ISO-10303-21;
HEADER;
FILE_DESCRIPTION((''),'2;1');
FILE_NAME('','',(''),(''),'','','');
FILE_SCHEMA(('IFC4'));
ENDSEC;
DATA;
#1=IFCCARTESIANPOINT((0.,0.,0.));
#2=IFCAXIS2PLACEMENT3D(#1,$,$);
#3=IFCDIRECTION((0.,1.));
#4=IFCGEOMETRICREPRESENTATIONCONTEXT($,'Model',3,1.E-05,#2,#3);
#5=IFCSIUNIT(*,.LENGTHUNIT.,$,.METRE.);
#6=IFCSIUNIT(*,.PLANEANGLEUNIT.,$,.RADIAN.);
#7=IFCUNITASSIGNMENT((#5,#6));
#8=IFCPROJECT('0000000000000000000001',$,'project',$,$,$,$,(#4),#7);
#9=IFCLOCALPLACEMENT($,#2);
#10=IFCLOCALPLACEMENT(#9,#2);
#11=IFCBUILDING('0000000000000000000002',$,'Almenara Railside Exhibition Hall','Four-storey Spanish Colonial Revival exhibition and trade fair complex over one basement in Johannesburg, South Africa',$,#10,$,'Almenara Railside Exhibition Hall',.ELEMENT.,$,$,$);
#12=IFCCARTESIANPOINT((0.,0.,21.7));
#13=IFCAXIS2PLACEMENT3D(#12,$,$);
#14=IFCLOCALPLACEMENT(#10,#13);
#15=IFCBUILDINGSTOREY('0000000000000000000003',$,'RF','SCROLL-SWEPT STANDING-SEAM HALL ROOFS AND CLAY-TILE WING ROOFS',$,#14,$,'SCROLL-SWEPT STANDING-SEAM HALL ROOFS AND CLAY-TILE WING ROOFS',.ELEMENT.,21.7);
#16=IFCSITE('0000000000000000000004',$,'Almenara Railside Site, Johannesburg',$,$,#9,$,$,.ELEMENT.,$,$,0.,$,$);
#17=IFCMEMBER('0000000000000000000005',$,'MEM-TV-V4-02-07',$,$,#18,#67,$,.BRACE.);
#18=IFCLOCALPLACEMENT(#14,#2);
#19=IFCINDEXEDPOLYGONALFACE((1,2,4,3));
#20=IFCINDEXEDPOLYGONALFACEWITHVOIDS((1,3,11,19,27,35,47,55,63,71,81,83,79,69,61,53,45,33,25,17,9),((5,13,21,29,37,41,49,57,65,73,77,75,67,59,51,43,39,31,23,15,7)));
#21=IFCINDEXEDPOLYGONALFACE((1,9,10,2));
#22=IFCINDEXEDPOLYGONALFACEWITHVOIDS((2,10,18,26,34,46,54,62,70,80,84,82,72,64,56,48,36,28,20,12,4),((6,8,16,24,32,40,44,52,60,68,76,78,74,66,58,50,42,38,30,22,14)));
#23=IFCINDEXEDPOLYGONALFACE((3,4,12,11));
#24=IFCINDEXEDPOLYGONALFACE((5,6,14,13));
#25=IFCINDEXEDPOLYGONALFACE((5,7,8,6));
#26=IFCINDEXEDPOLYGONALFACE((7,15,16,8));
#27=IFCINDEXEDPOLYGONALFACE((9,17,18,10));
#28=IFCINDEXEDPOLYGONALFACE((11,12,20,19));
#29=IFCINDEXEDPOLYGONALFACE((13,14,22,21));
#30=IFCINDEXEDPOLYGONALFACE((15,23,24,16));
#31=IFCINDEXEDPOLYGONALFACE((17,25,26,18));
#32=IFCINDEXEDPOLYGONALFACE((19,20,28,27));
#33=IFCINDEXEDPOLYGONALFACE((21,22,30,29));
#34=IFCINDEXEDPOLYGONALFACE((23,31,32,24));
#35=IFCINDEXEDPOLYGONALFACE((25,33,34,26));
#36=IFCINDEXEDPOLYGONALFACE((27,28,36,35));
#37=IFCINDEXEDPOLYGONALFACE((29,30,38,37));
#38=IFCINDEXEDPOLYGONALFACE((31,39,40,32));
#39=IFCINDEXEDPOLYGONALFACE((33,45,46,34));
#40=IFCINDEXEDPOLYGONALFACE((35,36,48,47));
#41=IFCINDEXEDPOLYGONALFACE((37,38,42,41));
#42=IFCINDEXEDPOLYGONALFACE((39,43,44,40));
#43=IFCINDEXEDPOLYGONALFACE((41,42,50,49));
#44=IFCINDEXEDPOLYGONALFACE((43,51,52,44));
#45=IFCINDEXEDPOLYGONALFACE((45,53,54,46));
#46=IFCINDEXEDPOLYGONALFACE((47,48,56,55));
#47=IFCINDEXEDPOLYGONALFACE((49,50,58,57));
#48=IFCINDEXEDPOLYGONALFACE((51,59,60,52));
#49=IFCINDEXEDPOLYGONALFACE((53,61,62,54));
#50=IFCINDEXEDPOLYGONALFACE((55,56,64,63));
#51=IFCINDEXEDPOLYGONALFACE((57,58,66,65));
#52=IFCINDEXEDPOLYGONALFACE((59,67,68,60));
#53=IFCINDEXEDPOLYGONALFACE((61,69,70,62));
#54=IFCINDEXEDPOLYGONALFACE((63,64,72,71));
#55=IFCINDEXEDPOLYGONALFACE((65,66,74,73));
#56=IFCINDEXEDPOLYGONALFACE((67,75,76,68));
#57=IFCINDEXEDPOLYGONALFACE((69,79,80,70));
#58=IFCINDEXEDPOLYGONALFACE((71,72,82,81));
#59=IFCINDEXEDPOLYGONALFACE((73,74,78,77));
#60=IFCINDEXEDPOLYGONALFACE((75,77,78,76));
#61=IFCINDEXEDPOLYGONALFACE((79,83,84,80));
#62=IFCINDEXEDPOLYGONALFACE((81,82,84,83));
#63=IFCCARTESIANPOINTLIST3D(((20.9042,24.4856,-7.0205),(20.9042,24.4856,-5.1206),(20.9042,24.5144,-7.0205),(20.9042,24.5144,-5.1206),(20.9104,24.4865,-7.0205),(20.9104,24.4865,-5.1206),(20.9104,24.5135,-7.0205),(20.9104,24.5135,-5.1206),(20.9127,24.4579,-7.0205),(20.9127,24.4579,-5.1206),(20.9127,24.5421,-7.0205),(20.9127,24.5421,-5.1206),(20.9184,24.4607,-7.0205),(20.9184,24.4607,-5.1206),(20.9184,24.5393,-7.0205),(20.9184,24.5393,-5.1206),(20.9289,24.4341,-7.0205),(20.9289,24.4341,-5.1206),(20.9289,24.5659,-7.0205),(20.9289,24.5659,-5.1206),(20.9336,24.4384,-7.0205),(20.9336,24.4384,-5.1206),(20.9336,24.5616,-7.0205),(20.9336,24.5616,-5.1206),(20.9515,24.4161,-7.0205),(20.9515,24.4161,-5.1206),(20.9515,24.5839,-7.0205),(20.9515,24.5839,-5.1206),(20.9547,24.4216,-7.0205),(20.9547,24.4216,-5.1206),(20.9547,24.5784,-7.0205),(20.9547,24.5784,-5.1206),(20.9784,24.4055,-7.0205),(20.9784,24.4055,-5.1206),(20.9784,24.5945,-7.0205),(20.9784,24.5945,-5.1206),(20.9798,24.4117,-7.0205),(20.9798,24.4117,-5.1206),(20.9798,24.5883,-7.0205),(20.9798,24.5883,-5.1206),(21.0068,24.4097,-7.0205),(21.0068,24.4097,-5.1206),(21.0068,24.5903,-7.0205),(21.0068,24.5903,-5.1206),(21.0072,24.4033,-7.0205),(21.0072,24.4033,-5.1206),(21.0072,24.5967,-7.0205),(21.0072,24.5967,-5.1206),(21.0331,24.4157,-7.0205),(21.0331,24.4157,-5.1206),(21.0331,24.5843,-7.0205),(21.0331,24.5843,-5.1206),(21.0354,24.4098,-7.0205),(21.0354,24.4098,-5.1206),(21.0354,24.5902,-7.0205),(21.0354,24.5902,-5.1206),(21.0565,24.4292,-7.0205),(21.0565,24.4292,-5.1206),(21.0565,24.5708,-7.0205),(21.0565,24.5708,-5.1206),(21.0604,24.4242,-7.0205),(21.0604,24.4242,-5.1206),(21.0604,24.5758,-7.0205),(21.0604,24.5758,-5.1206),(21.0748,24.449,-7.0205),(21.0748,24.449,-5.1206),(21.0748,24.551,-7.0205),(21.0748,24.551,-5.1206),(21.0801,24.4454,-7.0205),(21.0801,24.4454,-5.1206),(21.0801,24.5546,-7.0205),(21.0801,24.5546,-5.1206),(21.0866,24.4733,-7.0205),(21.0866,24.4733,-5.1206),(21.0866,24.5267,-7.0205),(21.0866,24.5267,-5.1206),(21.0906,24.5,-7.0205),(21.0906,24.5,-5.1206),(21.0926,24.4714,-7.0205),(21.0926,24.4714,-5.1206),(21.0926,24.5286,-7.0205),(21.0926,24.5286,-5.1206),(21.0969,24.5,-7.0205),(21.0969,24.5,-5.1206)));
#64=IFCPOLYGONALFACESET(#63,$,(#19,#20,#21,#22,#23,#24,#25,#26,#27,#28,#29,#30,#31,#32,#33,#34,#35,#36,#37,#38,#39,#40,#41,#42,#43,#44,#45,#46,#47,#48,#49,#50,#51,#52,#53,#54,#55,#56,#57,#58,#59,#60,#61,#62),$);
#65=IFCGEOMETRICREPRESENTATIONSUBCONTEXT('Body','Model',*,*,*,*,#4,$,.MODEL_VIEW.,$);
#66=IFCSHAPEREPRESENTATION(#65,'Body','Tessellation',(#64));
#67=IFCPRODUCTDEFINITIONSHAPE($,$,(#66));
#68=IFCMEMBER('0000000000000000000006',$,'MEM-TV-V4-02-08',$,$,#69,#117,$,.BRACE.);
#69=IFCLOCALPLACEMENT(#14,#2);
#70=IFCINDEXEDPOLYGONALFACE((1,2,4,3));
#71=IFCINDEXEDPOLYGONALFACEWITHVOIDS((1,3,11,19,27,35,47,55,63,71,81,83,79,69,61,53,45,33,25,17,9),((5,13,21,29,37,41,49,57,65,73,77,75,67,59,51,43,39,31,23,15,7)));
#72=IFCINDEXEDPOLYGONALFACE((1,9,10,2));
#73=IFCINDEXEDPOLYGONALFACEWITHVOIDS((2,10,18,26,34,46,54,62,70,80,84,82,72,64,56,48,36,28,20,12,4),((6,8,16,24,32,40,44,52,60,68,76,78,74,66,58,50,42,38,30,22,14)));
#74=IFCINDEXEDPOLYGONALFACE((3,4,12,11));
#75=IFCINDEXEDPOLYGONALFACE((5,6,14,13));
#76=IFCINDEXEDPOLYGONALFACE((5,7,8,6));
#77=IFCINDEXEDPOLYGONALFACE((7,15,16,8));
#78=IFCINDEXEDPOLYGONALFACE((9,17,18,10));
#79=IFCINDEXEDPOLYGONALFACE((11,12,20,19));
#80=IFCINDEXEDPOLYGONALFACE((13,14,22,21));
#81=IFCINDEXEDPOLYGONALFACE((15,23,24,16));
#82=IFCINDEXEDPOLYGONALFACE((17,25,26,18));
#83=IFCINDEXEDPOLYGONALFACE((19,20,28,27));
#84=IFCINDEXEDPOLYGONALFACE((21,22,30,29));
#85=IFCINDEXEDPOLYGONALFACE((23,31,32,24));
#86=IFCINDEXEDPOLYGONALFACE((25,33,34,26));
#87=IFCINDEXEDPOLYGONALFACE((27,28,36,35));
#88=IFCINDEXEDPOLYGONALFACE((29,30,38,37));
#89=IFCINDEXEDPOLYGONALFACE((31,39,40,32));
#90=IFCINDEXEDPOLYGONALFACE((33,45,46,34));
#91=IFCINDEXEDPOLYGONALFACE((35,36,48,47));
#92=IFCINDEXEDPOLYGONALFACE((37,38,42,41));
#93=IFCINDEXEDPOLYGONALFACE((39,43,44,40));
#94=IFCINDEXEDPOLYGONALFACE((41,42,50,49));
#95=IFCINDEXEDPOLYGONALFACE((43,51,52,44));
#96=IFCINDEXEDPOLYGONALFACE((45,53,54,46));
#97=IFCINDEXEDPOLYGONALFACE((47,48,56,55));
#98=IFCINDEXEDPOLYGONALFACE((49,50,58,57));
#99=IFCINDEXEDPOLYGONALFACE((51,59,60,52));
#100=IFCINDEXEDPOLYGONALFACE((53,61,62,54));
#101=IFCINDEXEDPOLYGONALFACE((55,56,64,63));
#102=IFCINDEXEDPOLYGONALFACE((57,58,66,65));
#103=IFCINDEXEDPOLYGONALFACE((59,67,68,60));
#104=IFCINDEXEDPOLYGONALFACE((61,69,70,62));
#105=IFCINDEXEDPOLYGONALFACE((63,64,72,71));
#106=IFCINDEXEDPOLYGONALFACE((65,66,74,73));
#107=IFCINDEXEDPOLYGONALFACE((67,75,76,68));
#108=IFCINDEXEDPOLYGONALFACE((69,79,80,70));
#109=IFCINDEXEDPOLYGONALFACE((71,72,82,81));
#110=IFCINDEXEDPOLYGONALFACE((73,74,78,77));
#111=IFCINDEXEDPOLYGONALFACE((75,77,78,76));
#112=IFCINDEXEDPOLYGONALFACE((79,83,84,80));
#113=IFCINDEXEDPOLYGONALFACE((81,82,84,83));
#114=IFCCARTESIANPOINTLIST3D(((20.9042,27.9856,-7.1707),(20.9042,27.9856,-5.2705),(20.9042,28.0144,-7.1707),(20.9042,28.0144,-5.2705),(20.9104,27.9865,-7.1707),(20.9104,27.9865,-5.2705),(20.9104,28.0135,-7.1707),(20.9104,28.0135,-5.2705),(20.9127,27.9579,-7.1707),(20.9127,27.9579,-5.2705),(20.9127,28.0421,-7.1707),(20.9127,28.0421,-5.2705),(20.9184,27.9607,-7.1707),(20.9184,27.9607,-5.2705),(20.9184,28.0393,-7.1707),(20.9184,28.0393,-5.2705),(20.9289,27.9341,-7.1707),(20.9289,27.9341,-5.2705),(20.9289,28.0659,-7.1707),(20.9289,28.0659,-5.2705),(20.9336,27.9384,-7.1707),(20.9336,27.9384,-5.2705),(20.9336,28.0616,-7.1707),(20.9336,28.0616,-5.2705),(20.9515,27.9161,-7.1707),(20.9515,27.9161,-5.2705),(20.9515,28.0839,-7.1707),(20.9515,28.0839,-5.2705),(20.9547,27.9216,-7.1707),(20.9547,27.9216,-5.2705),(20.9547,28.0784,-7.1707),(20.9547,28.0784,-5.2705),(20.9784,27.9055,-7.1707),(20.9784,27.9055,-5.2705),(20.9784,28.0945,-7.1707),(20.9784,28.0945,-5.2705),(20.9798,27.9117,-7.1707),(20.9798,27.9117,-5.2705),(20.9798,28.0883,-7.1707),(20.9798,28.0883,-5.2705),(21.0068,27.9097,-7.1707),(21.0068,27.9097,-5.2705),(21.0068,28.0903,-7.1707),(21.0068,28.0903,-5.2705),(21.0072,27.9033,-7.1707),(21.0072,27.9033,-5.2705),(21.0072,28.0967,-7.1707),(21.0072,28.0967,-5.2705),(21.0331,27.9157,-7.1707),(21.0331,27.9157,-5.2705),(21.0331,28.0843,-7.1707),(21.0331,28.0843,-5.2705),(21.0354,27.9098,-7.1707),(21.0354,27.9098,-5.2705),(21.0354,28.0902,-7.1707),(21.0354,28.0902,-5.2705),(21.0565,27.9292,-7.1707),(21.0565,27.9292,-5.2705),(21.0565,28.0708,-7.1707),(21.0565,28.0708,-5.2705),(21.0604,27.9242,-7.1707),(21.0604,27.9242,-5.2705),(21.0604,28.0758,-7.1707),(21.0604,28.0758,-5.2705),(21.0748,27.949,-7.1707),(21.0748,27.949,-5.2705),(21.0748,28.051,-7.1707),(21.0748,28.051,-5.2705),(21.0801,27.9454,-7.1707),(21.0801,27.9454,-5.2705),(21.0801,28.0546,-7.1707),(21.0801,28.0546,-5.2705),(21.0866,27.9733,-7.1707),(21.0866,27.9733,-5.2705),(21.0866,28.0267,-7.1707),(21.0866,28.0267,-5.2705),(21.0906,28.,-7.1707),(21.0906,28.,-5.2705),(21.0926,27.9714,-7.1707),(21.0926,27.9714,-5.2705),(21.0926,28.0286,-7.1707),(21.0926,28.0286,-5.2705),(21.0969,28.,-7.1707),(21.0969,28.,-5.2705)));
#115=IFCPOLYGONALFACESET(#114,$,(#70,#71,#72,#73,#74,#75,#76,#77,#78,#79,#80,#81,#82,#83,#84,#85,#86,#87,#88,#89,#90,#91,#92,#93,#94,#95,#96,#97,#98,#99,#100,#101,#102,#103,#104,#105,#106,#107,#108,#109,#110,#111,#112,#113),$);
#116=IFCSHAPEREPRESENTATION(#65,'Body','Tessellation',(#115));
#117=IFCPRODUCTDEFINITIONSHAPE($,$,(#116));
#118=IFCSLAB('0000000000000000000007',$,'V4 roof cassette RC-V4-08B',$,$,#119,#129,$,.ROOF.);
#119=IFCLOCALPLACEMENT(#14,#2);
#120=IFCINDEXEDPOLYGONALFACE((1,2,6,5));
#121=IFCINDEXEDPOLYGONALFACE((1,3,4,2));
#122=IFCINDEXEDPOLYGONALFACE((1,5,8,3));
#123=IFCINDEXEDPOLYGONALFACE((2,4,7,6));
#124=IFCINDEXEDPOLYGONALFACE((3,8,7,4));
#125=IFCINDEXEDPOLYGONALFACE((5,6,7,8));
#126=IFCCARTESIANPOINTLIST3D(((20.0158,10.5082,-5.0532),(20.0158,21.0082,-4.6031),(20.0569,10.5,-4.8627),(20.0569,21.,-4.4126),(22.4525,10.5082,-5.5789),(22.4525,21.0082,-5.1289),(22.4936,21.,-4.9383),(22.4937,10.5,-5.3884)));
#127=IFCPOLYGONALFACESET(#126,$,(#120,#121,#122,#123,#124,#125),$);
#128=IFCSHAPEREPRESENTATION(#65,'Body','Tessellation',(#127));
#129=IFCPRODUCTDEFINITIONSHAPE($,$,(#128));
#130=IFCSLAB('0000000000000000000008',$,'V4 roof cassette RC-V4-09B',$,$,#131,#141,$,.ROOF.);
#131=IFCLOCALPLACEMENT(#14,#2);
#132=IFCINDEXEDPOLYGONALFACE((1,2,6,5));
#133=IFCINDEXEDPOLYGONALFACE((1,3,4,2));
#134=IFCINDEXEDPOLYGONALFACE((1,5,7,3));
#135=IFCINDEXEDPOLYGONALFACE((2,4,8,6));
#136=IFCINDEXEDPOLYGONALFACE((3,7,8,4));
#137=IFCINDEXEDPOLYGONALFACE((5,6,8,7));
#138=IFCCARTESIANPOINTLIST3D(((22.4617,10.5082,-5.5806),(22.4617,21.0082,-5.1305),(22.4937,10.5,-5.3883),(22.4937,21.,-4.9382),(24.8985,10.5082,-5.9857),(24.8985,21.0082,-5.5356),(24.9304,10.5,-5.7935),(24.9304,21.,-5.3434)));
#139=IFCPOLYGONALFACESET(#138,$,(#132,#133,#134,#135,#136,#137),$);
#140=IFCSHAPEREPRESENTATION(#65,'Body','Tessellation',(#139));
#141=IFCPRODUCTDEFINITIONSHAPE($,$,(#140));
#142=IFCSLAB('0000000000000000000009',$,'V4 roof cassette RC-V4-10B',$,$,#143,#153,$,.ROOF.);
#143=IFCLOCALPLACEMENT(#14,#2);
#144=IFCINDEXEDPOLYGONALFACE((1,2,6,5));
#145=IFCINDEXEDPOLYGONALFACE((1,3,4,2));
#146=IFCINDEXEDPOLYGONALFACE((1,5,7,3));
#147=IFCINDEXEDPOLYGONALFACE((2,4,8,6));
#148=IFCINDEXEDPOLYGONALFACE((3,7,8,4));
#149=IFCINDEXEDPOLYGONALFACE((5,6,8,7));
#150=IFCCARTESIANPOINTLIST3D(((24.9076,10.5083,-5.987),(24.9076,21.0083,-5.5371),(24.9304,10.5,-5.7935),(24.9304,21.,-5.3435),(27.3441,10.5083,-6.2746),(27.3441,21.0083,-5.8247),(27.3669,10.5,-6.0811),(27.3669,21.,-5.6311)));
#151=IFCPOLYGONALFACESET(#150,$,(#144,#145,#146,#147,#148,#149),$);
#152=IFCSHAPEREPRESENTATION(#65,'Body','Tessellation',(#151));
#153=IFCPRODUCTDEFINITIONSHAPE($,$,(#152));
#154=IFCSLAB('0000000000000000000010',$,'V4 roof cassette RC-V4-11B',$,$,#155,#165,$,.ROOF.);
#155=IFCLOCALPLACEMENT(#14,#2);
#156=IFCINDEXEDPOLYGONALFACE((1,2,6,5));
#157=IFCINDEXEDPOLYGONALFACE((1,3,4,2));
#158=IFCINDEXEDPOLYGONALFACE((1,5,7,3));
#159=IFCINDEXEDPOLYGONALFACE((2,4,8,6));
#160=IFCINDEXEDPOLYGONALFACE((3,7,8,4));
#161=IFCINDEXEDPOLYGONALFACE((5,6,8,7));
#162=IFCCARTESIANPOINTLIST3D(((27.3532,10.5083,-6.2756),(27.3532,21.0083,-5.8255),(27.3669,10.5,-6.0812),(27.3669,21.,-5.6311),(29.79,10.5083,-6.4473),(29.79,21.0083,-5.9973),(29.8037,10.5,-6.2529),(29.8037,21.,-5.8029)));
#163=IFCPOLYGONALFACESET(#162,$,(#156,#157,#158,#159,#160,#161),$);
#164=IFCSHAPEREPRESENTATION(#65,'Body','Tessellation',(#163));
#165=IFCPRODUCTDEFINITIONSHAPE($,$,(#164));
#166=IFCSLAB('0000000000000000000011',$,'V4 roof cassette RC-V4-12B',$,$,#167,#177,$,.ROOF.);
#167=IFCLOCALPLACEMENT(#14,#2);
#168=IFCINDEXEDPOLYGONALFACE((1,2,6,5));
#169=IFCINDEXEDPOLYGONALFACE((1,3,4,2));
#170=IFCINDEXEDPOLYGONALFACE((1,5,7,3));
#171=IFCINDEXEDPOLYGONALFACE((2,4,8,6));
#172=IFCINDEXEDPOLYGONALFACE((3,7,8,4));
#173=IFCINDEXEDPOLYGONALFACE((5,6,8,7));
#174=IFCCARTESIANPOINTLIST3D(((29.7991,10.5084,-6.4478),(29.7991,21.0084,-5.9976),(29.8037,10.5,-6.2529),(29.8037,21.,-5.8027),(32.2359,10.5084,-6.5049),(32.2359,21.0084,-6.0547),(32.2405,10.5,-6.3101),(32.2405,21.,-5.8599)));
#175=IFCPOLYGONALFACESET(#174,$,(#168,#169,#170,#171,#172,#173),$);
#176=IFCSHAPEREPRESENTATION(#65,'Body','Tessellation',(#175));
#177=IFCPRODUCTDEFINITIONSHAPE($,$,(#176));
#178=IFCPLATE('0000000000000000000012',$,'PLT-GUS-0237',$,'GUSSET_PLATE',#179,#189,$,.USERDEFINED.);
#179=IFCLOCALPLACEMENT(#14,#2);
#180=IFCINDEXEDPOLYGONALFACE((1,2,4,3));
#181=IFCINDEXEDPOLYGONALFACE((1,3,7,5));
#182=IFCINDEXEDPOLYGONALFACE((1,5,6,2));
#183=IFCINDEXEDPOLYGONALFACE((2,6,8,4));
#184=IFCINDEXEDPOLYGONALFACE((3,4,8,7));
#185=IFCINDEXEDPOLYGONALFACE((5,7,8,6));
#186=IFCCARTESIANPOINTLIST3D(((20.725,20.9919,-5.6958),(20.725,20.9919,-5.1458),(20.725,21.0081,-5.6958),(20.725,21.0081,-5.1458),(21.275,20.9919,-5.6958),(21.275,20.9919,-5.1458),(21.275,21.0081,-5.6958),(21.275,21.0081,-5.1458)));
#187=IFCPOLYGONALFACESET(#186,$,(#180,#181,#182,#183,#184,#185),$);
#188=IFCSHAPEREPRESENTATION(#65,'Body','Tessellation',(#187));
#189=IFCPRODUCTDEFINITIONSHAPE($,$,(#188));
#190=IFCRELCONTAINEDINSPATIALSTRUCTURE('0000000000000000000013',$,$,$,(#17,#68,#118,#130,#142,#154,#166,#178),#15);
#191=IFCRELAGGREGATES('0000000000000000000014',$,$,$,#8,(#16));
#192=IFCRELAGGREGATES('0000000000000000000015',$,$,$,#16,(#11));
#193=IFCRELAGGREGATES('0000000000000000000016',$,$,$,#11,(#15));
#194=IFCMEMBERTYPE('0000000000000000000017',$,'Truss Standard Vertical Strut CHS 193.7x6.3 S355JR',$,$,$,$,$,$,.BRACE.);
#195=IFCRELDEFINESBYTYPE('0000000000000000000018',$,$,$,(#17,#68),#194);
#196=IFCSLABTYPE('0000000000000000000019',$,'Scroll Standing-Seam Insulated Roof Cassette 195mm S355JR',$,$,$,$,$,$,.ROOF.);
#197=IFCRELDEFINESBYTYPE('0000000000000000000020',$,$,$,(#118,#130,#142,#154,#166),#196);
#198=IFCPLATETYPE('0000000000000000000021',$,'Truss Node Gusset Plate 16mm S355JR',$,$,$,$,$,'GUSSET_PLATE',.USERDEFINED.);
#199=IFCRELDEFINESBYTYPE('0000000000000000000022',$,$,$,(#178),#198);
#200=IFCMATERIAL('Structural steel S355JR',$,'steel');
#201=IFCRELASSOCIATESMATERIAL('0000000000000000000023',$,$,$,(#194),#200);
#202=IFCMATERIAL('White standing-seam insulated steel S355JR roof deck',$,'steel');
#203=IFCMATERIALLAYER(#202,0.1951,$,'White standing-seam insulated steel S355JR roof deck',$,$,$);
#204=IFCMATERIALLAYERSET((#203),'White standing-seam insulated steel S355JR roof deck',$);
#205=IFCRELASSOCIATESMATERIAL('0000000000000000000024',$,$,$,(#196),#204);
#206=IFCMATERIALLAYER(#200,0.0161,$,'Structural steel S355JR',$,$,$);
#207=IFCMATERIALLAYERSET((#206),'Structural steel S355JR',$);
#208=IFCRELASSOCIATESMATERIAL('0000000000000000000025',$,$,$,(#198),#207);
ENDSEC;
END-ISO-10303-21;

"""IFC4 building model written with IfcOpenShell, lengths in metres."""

from ifc_helpers import new_model, si_unit, direction, frame, origin, origin_2d, place, context, subcontext, project, spatial, polyline, rectangle, hollow_circle, outline, extrude, material, layer, layer_set, material_profile, profile_set, type_object, element, save


model = new_model("IFC4")

# Units and contexts
model_context = context("Model", 3, precision=1e-05, world=origin(), true_north=direction((0.0, 1.0)))
body_context = subcontext(model_context, "Body", "Model", "MODEL_VIEW")
ifc_project = project(units=[si_unit("LENGTHUNIT", "METRE"), si_unit("PLANEANGLEUNIT", "RADIAN")], contexts=[model_context])

# Site, building, storey
site_placement = place(None, origin())
site = spatial("IfcSite", under=ifc_project, at=site_placement, Name="Almenara Railside Site, Johannesburg", CompositionType="ELEMENT", RefElevation=0.0)
building_placement = place(site_placement, origin())
building = spatial("IfcBuilding", under=site, at=building_placement, Name="Almenara Railside Exhibition Hall", Description="Four-storey Spanish Colonial Revival exhibition and trade fair complex over one basement in Johannesburg, South Africa", LongName="Almenara Railside Exhibition Hall", CompositionType="ELEMENT")
storey_placement = place(building_placement, frame((0.0, 0.0, 21.7)))
storey = spatial("IfcBuildingStorey", under=building, at=storey_placement, Name="RF", Description="SCROLL-SWEPT STANDING-SEAM HALL ROOFS AND CLAY-TILE WING ROOFS", LongName="SCROLL-SWEPT STANDING-SEAM HALL ROOFS AND CLAY-TILE WING ROOFS", CompositionType="ELEMENT", Elevation=21.7)

# Members
ifc_material_1 = material(Name="Structural steel S355JR", Category="steel")
ifc_material_profile_1 = material_profile(ifc_material_1, hollow_circle(Radius=0.0969, WallThickness=0.0063, at=origin_2d()), Name="CHS 193.7x6.3")
ifc_profile_set_1 = profile_set([ifc_material_profile_1], Name="Structural steel S355JR")
member_type_1 = type_object("IfcMemberType", Name="Truss Standard Vertical Strut CHS 193.7x6.3 S355JR", PredefinedType="BRACE", material=ifc_profile_set_1)
for number, where, z_axis, x_axis, name in (
    (1, (21.0, 24.5, -7.0205), (0.0, 0.0, 1.0), (1.0, 0.0, 0.0), "MEM-TV-V4-02-07"),
):
    element("IfcMember", number, at=place(storey_placement, frame(where, z_axis=z_axis, x_axis=x_axis)), inside=storey, type_object=member_type_1, Name=name, PredefinedType="BRACE", context=body_context, shape_type="SweptSolid", body=[
        extrude(hollow_circle(Radius=0.0969, WallThickness=0.0063, at=origin_2d()), origin(), (0.0, 0.0, 1.0), 1.8999),
    ])
member_1_placement = place(storey_placement, frame((21.0, 28.0, -7.1707), z_axis=(0.0, 0.0, 1.0), x_axis=(1.0, 0.0, 0.0)))
element("IfcMember", 2, at=member_1_placement, inside=storey, type_object=member_type_1, Name="MEM-TV-V4-02-08", PredefinedType="BRACE", context=body_context, shape_type="SweptSolid", body=[
    extrude(hollow_circle(Radius=0.0969, WallThickness=0.0063, at=origin_2d()), origin(), (0.0, 0.0, 1.0), 1.9001),
])

# Slabs
ifc_material_2 = material(Name="White standing-seam insulated steel S355JR roof deck", Category="steel")
ifc_layer_1 = layer(ifc_material_2, 0.1951, Name="White standing-seam insulated steel S355JR roof deck")
ifc_layer_set_1 = layer_set([ifc_layer_1], Name="White standing-seam insulated steel S355JR roof deck")
slab_type = type_object("IfcSlabType", Name="Scroll Standing-Seam Insulated Roof Cassette 195mm S355JR", PredefinedType="ROOF", material=ifc_layer_set_1)
slab_1_placement = place(storey_placement, frame((20.0569, 21.0, -4.4126), z_axis=(0.210722, -0.041863, 0.976649), x_axis=(0.977506, 0.000002, -0.210907)))
element("IfcSlab", 3, at=slab_1_placement, inside=storey, type_object=slab_type, Name="V4 roof cassette RC-V4-08B", PredefinedType="ROOF", context=body_context, shape_type="SweptSolid", body=[
    extrude(outline(polyline([(0.0, 0.0), (2.4928, 0.0), (2.5877, -10.5092), (0.0949, -10.5092), (0.0, 0.0)])), origin(), (0.0, 0.0, -1.0), 0.1951),
])
slab_2_placement = place(storey_placement, frame((22.4937, 21.0, -4.9382), z_axis=(0.163868, -0.042246, 0.985577), x_axis=(0.986458, -0.000002, -0.164014)))
element("IfcSlab", 4, at=slab_2_placement, inside=storey, type_object=slab_type, Name="V4 roof cassette RC-V4-09B", PredefinedType="ROOF", context=body_context, shape_type="SweptSolid", body=[
    extrude(outline(polyline([(0.0, 0.0), (2.4702, 0.0), (2.5441, -10.5094), (0.0739, -10.5094), (0.0, 0.0)])), origin(), (0.0, 0.0, -1.0), 0.1951),
])
slab_3_placement = place(storey_placement, frame((24.9304, 21.0, -5.3435), z_axis=(0.117116, -0.042519, 0.992208), x_axis=(0.993106, 0.0, -0.117222)))
element("IfcSlab", 5, at=slab_3_placement, inside=storey, type_object=slab_type, Name="V4 roof cassette RC-V4-10B", PredefinedType="ROOF", context=body_context, shape_type="SweptSolid", body=[
    extrude(outline(polyline([(0.0, 0.0), (2.4534, 0.0), (2.5062, -10.5095), (0.0527, -10.5095), (0.0, 0.0)])), origin(), (0.0, 0.0, -1.0), 0.1951),
])
slab_4_placement = place(storey_placement, frame((27.3669, 21.0, -5.6311), z_axis=(0.070245, -0.042719, 0.996615), x_axis=(0.997525, 0.000002, -0.070309)))
element("IfcSlab", 6, at=slab_4_placement, inside=storey, type_object=slab_type, Name="V4 roof cassette RC-V4-11B", PredefinedType="ROOF", context=body_context, shape_type="SweptSolid", body=[
    extrude(outline(polyline([(0.0, 0.0), (2.4428, 0.0), (2.4744, -10.5096), (0.0316, -10.5096), (0.0, 0.0)])), origin(), (0.0, 0.0, -1.0), 0.1951),
])
slab_5_placement = place(storey_placement, frame((29.8037, 21.0, -5.8027), z_axis=(0.023417, -0.042825, 0.998808), x_axis=(0.999725, 0.0, -0.023438)))
element("IfcSlab", 7, at=slab_5_placement, inside=storey, type_object=slab_type, Name="V4 roof cassette RC-V4-12B", PredefinedType="ROOF", context=body_context, shape_type="SweptSolid", body=[
    extrude(outline(polyline([(0.0, 0.0), (2.4374, 0.0), (2.448, -10.5096), (0.0106, -10.5096), (0.0, 0.0)])), origin(), (0.0, 0.0, -1.0), 0.1951),
])

# Plate
ifc_layer_2 = layer(ifc_material_1, 0.0161, Name="Structural steel S355JR")
ifc_layer_set_2 = layer_set([ifc_layer_2], Name="Structural steel S355JR")
plate_type = type_object("IfcPlateType", Name="Truss Node Gusset Plate 16mm S355JR", ElementType="GUSSET_PLATE", PredefinedType="USERDEFINED", material=ifc_layer_set_2)
plate_placement = place(storey_placement, frame((21.0, 21.0, -5.6958), z_axis=(0.0, 0.0, 1.0), x_axis=(1.0, 0.0, 0.0)))
element("IfcPlate", 8, at=plate_placement, inside=storey, type_object=plate_type, Name="PLT-GUS-0237", ObjectType="GUSSET_PLATE", PredefinedType="USERDEFINED", context=body_context, shape_type="SweptSolid", body=[
    extrude(rectangle(XDim=0.55, YDim=0.0161, at=origin_2d()), origin(), (0.0, 0.0, 1.0), 0.55),
])

save(model, "model.ifc")
